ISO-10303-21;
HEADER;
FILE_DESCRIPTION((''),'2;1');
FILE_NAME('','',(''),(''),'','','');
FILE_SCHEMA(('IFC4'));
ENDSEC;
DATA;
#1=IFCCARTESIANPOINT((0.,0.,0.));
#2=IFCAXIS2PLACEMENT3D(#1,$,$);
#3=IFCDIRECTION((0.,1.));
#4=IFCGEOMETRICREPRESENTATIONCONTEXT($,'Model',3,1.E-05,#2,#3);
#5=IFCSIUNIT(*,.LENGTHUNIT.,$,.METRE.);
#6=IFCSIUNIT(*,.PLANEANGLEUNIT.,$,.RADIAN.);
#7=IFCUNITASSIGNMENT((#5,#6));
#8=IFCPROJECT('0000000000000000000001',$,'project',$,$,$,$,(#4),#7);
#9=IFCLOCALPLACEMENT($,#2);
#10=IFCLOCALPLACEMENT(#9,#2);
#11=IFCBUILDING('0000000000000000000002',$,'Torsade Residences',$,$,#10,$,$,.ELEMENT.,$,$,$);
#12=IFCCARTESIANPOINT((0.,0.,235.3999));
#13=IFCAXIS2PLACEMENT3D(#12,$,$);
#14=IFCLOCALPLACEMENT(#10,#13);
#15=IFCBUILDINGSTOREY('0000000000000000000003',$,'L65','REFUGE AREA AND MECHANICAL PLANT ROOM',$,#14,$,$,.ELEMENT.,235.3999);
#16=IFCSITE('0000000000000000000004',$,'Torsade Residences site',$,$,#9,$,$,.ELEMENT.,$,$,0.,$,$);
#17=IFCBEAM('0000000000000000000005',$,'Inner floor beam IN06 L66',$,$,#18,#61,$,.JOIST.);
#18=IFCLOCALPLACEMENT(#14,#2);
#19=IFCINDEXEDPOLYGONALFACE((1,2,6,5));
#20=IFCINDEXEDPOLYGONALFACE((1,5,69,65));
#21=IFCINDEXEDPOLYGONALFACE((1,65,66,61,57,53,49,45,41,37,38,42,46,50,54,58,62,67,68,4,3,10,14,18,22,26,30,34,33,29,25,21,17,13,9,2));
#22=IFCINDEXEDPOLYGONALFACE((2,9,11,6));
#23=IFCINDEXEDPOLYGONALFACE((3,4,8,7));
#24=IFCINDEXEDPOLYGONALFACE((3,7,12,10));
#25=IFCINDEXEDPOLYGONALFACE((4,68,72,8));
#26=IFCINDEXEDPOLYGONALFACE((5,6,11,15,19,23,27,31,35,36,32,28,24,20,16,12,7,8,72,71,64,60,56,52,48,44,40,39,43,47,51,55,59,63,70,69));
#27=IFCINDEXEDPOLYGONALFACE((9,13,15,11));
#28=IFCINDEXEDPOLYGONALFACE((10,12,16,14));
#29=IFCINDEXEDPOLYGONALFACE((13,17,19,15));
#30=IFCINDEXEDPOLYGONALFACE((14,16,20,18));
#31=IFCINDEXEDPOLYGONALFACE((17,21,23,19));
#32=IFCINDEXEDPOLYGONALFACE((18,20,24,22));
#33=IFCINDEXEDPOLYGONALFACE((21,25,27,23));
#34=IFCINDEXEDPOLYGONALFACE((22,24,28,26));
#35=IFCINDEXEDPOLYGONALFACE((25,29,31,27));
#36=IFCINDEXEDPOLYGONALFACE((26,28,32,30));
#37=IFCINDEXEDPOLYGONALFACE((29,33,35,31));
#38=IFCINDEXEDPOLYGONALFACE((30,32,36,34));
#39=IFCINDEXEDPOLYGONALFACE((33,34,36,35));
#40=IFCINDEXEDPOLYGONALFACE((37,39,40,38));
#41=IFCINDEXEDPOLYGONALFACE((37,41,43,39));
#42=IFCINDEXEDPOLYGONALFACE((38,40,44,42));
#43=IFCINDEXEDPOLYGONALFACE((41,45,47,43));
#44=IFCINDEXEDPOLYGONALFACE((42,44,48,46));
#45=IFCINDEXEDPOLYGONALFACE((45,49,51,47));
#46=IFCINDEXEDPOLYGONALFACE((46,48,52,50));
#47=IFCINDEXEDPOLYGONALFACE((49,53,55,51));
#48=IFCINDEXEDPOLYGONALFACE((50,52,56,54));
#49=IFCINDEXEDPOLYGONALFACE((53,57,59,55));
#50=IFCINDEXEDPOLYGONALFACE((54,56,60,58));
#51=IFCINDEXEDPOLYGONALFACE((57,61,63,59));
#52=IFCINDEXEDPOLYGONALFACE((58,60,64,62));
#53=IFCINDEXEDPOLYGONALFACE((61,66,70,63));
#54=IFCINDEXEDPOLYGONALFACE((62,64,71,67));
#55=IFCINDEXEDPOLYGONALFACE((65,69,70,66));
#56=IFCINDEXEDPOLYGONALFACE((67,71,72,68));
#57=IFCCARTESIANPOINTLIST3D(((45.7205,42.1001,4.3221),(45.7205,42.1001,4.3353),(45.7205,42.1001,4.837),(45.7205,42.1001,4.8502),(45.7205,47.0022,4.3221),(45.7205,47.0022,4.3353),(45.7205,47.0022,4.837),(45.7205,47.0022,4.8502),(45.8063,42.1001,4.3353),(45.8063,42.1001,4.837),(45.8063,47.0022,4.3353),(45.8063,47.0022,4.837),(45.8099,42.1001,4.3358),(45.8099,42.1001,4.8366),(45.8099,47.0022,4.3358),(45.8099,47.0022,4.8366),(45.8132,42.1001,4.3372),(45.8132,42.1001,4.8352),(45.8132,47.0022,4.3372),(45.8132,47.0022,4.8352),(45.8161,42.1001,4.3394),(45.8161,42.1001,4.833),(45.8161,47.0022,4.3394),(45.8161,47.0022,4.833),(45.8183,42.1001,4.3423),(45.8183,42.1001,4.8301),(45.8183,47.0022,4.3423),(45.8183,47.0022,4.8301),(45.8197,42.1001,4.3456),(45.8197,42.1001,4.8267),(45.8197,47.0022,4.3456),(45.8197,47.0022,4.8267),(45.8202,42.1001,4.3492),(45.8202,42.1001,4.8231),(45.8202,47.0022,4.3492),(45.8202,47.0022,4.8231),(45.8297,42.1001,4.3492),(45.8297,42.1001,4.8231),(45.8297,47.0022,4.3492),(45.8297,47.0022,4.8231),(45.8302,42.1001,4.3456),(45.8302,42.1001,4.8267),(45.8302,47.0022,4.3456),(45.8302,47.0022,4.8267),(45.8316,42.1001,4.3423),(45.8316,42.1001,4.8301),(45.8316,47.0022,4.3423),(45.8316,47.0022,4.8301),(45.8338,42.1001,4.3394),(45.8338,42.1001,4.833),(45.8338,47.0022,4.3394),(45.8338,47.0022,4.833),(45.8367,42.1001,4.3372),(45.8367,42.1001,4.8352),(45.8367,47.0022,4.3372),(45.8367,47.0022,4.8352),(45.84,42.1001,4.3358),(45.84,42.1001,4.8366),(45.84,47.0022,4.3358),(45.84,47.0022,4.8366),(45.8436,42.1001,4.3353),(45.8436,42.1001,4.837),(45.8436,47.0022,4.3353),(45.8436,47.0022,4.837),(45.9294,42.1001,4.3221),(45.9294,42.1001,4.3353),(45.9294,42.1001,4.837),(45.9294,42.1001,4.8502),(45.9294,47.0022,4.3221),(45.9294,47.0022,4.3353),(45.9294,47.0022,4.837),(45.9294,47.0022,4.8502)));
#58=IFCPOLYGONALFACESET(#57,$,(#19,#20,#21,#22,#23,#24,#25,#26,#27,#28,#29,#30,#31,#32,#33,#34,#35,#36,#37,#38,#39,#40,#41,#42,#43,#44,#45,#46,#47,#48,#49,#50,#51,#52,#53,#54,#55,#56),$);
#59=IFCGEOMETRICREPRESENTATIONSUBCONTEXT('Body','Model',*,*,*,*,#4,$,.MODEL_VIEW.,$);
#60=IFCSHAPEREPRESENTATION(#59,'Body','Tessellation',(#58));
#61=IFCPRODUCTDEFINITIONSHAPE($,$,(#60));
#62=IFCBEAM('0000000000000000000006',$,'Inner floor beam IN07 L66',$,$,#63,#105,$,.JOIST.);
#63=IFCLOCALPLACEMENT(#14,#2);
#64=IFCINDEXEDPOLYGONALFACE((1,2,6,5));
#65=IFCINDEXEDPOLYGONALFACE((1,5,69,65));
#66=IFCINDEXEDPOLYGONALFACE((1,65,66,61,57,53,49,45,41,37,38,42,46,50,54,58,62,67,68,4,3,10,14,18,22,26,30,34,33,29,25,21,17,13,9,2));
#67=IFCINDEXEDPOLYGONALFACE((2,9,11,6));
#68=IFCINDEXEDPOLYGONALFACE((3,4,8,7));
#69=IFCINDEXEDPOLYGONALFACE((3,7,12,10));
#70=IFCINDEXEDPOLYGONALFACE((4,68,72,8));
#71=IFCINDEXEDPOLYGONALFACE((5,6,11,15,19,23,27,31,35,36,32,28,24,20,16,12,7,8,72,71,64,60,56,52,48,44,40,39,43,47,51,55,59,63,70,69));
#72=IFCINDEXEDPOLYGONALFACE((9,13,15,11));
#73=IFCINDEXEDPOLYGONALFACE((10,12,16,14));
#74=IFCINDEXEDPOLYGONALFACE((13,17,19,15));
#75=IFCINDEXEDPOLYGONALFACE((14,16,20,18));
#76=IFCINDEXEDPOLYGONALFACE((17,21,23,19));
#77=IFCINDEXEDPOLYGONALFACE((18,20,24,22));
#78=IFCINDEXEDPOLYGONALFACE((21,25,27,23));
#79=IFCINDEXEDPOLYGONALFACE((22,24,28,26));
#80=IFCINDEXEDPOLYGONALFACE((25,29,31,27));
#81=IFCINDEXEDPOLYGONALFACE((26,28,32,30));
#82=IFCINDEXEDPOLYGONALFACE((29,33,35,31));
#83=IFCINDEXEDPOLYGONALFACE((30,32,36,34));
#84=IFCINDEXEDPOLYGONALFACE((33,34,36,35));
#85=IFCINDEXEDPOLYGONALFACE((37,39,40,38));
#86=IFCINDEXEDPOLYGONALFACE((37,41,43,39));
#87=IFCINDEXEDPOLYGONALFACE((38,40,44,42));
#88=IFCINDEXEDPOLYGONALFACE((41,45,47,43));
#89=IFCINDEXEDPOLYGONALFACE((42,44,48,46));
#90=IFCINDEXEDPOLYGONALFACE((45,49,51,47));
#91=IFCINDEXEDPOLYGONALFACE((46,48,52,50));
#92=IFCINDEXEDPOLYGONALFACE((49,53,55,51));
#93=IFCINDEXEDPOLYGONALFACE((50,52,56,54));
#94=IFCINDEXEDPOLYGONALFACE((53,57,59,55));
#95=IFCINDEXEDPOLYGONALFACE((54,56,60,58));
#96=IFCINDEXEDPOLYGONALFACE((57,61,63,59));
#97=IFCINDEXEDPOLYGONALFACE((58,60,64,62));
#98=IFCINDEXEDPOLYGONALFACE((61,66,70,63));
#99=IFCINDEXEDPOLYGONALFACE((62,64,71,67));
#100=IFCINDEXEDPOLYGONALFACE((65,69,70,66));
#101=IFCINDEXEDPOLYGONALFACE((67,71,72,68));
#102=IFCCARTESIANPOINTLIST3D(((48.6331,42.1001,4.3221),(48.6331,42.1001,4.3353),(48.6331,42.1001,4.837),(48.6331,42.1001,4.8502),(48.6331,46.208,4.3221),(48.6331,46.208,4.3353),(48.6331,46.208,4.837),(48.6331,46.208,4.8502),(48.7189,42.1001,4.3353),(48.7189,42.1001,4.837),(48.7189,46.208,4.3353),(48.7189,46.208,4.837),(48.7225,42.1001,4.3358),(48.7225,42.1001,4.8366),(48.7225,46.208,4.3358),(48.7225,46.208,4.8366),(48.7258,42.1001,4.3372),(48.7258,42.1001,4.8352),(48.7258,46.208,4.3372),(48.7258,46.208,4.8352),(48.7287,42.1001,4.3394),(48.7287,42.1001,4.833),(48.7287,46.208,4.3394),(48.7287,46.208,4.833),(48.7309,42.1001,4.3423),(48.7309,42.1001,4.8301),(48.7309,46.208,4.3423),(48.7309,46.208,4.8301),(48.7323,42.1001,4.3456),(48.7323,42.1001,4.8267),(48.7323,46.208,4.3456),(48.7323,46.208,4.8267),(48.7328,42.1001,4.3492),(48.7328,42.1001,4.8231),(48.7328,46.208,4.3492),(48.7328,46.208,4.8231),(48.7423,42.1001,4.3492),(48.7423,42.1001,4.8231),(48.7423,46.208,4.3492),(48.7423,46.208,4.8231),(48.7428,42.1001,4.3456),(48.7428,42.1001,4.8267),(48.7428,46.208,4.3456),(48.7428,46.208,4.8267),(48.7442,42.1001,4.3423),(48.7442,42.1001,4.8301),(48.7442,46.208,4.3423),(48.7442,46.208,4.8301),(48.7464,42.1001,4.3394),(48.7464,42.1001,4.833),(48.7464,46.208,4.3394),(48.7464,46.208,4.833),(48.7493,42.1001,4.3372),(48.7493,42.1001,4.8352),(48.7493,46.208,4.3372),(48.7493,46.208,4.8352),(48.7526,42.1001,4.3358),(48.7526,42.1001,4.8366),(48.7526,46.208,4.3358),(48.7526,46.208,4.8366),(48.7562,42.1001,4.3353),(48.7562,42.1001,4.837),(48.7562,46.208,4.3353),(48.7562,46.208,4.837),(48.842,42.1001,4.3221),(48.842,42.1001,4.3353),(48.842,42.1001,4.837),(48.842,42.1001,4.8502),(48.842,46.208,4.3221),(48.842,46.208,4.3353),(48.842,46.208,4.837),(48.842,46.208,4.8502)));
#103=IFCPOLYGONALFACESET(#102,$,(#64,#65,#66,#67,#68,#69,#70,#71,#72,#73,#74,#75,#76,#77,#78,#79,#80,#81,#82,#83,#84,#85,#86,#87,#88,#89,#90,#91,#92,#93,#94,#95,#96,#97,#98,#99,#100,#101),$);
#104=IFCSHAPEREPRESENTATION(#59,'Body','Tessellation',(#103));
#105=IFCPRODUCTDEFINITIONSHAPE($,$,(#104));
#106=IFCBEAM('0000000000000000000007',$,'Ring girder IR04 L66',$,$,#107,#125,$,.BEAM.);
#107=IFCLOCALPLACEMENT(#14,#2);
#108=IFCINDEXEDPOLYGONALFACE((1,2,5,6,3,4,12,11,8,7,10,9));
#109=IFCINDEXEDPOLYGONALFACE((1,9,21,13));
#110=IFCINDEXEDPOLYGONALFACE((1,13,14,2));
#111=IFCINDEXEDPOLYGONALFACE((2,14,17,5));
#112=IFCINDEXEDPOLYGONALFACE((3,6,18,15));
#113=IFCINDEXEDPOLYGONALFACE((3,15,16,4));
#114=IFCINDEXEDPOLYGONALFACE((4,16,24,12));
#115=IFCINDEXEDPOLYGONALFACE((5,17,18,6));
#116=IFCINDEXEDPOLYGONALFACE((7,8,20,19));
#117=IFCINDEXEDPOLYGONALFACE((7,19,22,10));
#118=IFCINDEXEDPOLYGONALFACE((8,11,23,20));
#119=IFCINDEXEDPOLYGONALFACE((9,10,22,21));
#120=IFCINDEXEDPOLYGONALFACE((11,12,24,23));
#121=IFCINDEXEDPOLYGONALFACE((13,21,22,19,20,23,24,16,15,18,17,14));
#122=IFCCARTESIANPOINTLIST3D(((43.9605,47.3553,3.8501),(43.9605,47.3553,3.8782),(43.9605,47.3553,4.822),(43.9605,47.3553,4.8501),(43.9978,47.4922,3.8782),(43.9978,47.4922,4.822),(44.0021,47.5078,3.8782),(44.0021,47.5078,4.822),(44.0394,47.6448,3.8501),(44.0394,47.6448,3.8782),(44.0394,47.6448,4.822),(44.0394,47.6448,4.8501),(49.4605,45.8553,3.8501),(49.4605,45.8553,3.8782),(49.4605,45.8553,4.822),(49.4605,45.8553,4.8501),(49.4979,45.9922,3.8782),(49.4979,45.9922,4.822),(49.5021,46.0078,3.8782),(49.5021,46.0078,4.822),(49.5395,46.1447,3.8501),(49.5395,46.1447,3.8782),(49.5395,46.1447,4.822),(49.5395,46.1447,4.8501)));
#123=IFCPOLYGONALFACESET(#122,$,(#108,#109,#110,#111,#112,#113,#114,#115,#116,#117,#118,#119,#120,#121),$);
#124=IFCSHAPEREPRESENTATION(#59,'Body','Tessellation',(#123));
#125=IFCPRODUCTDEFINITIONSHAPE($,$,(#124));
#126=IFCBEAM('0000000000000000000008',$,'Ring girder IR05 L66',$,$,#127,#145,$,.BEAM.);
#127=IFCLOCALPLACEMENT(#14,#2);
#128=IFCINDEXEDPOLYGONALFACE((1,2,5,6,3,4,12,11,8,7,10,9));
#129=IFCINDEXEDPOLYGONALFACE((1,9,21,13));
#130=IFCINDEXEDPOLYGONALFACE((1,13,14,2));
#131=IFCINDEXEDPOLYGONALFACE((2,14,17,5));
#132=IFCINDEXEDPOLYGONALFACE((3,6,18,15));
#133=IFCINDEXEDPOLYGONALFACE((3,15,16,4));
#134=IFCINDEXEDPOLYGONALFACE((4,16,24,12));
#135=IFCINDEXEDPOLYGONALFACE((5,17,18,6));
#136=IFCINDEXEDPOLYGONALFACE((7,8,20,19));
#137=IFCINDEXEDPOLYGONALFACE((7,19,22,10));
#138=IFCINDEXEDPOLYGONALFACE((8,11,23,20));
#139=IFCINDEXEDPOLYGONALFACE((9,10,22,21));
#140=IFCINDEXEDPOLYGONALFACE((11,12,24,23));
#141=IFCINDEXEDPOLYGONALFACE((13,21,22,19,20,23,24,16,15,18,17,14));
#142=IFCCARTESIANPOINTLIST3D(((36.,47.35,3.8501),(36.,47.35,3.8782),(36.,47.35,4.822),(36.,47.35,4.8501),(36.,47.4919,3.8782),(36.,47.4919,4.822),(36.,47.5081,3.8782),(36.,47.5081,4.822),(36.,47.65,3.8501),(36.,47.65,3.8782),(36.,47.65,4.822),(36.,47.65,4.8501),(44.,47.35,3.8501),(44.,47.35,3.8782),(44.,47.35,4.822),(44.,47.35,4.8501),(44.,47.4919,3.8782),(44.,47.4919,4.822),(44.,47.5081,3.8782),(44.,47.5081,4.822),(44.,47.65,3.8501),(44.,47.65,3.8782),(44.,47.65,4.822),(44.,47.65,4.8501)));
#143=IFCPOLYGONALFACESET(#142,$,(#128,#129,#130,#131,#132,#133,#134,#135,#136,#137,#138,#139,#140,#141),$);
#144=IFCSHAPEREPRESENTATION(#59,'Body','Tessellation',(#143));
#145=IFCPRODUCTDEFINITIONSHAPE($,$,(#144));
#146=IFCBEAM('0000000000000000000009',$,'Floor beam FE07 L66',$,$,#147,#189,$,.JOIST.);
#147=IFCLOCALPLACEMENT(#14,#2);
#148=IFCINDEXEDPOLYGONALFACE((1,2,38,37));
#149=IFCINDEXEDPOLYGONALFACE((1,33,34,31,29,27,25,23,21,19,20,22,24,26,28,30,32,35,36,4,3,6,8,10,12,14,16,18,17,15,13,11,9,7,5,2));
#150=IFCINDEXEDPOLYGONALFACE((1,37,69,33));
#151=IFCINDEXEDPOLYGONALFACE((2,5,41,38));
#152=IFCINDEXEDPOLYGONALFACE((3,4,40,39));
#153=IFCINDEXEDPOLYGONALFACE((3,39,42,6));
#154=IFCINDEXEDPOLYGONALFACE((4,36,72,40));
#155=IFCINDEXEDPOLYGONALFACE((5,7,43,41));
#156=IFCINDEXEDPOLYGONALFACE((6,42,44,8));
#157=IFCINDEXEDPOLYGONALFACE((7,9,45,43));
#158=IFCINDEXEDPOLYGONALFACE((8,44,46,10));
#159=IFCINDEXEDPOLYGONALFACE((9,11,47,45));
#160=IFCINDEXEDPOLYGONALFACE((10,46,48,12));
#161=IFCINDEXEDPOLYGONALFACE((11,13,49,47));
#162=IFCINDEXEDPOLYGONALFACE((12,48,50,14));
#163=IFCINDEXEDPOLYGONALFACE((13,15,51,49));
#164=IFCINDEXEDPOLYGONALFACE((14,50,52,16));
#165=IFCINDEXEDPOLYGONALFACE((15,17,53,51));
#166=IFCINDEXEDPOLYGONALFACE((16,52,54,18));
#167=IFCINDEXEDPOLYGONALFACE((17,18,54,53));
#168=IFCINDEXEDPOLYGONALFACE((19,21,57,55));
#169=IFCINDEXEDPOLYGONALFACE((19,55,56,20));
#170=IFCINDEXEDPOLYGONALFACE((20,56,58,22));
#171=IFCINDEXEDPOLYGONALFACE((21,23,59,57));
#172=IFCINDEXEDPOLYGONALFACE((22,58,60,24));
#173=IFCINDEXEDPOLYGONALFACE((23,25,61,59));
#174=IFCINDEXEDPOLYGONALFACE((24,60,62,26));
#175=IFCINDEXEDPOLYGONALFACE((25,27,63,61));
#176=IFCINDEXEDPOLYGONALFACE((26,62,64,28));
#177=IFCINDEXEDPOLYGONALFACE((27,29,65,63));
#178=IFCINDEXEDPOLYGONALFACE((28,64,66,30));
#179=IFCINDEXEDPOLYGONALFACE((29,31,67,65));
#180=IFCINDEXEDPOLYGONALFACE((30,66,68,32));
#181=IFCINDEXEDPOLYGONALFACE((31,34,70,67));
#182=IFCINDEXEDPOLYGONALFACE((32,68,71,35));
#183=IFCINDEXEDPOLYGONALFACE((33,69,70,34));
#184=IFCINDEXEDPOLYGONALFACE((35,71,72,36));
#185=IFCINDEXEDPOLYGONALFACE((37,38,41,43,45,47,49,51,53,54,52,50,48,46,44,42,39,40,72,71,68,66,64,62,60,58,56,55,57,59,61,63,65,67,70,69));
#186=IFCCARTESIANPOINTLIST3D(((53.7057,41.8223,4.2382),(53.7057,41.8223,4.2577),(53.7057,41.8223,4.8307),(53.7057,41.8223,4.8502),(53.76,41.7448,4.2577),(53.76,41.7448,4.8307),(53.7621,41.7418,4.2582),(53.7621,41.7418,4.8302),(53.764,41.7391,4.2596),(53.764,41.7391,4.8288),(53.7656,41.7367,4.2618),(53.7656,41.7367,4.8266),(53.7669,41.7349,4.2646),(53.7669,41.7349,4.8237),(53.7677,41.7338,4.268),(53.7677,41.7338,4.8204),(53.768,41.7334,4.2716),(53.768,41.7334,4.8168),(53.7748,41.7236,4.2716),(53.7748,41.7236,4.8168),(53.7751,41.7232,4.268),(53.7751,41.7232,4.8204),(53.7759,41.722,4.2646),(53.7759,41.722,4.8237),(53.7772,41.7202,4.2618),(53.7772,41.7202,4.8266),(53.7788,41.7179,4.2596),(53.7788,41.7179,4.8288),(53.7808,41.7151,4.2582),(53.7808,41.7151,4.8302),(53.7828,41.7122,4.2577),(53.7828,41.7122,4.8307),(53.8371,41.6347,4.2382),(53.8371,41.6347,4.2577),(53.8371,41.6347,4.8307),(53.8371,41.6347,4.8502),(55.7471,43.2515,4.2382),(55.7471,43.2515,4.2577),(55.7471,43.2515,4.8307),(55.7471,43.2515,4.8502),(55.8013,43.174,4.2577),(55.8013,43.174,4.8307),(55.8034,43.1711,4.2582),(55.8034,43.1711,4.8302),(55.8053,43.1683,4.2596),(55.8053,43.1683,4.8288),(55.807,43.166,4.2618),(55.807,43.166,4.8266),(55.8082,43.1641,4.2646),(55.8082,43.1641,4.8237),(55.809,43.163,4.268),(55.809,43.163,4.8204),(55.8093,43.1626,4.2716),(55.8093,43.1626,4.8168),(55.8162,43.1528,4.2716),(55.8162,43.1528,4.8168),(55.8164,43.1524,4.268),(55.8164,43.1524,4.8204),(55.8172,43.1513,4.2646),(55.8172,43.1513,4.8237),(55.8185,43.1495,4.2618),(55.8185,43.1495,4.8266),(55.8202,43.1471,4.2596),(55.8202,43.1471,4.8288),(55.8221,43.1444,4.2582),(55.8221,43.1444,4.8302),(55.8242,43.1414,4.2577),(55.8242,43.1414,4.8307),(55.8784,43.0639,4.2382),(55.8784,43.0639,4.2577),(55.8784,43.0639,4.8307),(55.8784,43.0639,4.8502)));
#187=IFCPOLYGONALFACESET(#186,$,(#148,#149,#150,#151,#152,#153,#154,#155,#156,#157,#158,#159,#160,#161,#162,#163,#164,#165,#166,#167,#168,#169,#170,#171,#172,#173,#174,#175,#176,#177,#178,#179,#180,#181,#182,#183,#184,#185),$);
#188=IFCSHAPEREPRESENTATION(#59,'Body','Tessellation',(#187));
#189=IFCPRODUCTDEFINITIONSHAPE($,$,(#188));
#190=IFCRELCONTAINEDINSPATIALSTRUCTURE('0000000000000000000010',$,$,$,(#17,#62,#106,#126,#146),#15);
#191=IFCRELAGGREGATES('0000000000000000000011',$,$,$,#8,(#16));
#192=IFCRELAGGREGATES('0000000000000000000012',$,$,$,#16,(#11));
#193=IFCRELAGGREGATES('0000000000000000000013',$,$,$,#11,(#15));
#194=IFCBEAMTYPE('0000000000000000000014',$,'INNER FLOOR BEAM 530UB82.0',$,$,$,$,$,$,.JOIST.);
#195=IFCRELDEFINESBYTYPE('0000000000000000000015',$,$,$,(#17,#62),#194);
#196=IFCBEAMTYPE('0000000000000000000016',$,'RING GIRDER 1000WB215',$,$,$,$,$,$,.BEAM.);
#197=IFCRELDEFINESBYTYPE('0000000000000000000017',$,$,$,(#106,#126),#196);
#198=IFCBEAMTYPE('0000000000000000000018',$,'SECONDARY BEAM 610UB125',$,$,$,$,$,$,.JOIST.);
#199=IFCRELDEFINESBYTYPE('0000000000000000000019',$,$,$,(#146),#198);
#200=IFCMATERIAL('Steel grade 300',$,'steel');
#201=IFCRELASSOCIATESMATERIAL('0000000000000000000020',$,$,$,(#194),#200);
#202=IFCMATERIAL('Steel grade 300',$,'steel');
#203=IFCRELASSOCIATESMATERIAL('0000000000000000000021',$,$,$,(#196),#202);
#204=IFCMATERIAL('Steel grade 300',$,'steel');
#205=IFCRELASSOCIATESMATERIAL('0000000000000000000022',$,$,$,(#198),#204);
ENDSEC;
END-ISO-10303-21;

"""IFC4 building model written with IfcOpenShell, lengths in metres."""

from ifc_helpers import new_model, si_unit, direction, frame, origin, origin_2d, place, context, subcontext, project, spatial, i_section, extrude, material, material_profile, profile_set, type_object, element, save


model = new_model("IFC4")

# Units and contexts
model_context = context("Model", 3, precision=1e-05, world=origin(), true_north=direction((0.0, 1.0)))
body_context = subcontext(model_context, "Body", "Model", "MODEL_VIEW")
ifc_project = project(units=[si_unit("LENGTHUNIT", "METRE"), si_unit("PLANEANGLEUNIT", "RADIAN")], contexts=[model_context])

# Site, building, storey
site_placement = place(None, origin())
site = spatial("IfcSite", under=ifc_project, at=site_placement, Name="Torsade Residences site", CompositionType="ELEMENT", RefElevation=0.0)
building_placement = place(site_placement, origin())
building = spatial("IfcBuilding", under=site, at=building_placement, Name="Torsade Residences", CompositionType="ELEMENT")
storey_placement = place(building_placement, frame((0.0, 0.0, 235.3999)))
storey = spatial("IfcBuildingStorey", under=building, at=storey_placement, Name="L65", Description="REFUGE AREA AND MECHANICAL PLANT ROOM", CompositionType="ELEMENT", Elevation=235.3999)

# Beams
ifc_material_1 = material(Name="Steel grade 300", Category="steel")
ifc_material_profile_1 = material_profile(ifc_material_1, i_section(OverallWidth=0.209, OverallDepth=0.5281, WebThickness=0.0095, FlangeThickness=0.0132, FilletRadius=0.0139, at=origin_2d()), Name="530UB82.0")
ifc_profile_set_1 = profile_set([ifc_material_profile_1], Name="Steel grade 300")
beam_type_1 = type_object("IfcBeamType", Name="INNER FLOOR BEAM 530UB82.0", PredefinedType="JOIST", material=ifc_profile_set_1)
beam_1_placement = place(storey_placement, frame((45.825, 42.1001, 4.5862), z_axis=(0.0, 1.0, 0.0), x_axis=(-1.0, 0.0, 0.0)))
element("IfcBeam", 1, at=beam_1_placement, inside=storey, type_object=beam_type_1, Name="Inner floor beam IN06 L66", PredefinedType="JOIST", context=body_context, shape_type="SweptSolid", body=[
    extrude(i_section(OverallWidth=0.209, OverallDepth=0.5281, WebThickness=0.0095, FlangeThickness=0.0132, FilletRadius=0.0139, at=origin_2d()), origin(), (0.0, 0.0, 1.0), 4.9021),
])
beam_2_placement = place(storey_placement, frame((48.7375, 42.1001, 4.5862), z_axis=(0.0, 1.0, 0.0), x_axis=(-1.0, 0.0, 0.0)))
element("IfcBeam", 2, at=beam_2_placement, inside=storey, type_object=beam_type_1, Name="Inner floor beam IN07 L66", PredefinedType="JOIST", context=body_context, shape_type="SweptSolid", body=[
    extrude(i_section(OverallWidth=0.209, OverallDepth=0.5281, WebThickness=0.0095, FlangeThickness=0.0132, FilletRadius=0.0139, at=origin_2d()), origin(), (0.0, 0.0, 1.0), 4.1079),
])
ifc_material_2 = material(Name="Steel grade 300", Category="steel")
ifc_material_profile_2 = material_profile(ifc_material_2, i_section(OverallWidth=0.3, OverallDepth=1.0, WebThickness=0.0161, FlangeThickness=0.0281, at=origin_2d()), Name="1000WB215")
ifc_profile_set_2 = profile_set([ifc_material_profile_2], Name="Steel grade 300")
beam_type_2 = type_object("IfcBeamType", Name="RING GIRDER 1000WB215", PredefinedType="BEAM", material=ifc_profile_set_2)
beam_3_placement = place(storey_placement, frame((49.5, 46.0, 4.3501), z_axis=(-0.964764, 0.263117, 0.0), x_axis=(-0.263117, -0.964764, 0.0)))
element("IfcBeam", 3, at=beam_3_placement, inside=storey, type_object=beam_type_2, Name="Ring girder IR04 L66", PredefinedType="BEAM", context=body_context, shape_type="SweptSolid", body=[
    extrude(i_section(OverallWidth=0.3, OverallDepth=1.0, WebThickness=0.0161, FlangeThickness=0.0281, at=origin_2d()), origin(), (0.0, 0.0, 1.0), 5.7009),
])
beam_4_placement = place(storey_placement, frame((44.0, 47.5, 4.3501), z_axis=(-1.0, 0.0, 0.0), x_axis=(0.0, -1.0, 0.0)))
element("IfcBeam", 4, at=beam_4_placement, inside=storey, type_object=beam_type_2, Name="Ring girder IR05 L66", PredefinedType="BEAM", context=body_context, shape_type="SweptSolid", body=[
    extrude(i_section(OverallWidth=0.3, OverallDepth=1.0, WebThickness=0.0161, FlangeThickness=0.0281, at=origin_2d()), origin(), (0.0, 0.0, 1.0), 8.0),
])
ifc_material_3 = material(Name="Steel grade 300", Category="steel")
ifc_material_profile_3 = material_profile(ifc_material_3, i_section(OverallWidth=0.229, OverallDepth=0.6121, WebThickness=0.012, FlangeThickness=0.0195, FilletRadius=0.0139, at=origin_2d()), Name="610UB125")
ifc_profile_set_3 = profile_set([ifc_material_profile_3], Name="Steel grade 300")
beam_type_3 = type_object("IfcBeamType", Name="SECONDARY BEAM 610UB125", PredefinedType="JOIST", material=ifc_profile_set_3)
beam_5_placement = place(storey_placement, frame((55.8127, 43.1577, 4.5442), z_axis=(-0.819172, -0.573548, 0.0), x_axis=(0.573548, -0.819172, 0.0)))
element("IfcBeam", 5, at=beam_5_placement, inside=storey, type_object=beam_type_3, Name="Floor beam FE07 L66", PredefinedType="JOIST", context=body_context, shape_type="SweptSolid", body=[
    extrude(i_section(OverallWidth=0.229, OverallDepth=0.6121, WebThickness=0.012, FlangeThickness=0.0195, FilletRadius=0.0139, at=origin_2d()), origin(), (0.0, 0.0, 1.0), 2.4919),
])

save(model, "model.ifc")
